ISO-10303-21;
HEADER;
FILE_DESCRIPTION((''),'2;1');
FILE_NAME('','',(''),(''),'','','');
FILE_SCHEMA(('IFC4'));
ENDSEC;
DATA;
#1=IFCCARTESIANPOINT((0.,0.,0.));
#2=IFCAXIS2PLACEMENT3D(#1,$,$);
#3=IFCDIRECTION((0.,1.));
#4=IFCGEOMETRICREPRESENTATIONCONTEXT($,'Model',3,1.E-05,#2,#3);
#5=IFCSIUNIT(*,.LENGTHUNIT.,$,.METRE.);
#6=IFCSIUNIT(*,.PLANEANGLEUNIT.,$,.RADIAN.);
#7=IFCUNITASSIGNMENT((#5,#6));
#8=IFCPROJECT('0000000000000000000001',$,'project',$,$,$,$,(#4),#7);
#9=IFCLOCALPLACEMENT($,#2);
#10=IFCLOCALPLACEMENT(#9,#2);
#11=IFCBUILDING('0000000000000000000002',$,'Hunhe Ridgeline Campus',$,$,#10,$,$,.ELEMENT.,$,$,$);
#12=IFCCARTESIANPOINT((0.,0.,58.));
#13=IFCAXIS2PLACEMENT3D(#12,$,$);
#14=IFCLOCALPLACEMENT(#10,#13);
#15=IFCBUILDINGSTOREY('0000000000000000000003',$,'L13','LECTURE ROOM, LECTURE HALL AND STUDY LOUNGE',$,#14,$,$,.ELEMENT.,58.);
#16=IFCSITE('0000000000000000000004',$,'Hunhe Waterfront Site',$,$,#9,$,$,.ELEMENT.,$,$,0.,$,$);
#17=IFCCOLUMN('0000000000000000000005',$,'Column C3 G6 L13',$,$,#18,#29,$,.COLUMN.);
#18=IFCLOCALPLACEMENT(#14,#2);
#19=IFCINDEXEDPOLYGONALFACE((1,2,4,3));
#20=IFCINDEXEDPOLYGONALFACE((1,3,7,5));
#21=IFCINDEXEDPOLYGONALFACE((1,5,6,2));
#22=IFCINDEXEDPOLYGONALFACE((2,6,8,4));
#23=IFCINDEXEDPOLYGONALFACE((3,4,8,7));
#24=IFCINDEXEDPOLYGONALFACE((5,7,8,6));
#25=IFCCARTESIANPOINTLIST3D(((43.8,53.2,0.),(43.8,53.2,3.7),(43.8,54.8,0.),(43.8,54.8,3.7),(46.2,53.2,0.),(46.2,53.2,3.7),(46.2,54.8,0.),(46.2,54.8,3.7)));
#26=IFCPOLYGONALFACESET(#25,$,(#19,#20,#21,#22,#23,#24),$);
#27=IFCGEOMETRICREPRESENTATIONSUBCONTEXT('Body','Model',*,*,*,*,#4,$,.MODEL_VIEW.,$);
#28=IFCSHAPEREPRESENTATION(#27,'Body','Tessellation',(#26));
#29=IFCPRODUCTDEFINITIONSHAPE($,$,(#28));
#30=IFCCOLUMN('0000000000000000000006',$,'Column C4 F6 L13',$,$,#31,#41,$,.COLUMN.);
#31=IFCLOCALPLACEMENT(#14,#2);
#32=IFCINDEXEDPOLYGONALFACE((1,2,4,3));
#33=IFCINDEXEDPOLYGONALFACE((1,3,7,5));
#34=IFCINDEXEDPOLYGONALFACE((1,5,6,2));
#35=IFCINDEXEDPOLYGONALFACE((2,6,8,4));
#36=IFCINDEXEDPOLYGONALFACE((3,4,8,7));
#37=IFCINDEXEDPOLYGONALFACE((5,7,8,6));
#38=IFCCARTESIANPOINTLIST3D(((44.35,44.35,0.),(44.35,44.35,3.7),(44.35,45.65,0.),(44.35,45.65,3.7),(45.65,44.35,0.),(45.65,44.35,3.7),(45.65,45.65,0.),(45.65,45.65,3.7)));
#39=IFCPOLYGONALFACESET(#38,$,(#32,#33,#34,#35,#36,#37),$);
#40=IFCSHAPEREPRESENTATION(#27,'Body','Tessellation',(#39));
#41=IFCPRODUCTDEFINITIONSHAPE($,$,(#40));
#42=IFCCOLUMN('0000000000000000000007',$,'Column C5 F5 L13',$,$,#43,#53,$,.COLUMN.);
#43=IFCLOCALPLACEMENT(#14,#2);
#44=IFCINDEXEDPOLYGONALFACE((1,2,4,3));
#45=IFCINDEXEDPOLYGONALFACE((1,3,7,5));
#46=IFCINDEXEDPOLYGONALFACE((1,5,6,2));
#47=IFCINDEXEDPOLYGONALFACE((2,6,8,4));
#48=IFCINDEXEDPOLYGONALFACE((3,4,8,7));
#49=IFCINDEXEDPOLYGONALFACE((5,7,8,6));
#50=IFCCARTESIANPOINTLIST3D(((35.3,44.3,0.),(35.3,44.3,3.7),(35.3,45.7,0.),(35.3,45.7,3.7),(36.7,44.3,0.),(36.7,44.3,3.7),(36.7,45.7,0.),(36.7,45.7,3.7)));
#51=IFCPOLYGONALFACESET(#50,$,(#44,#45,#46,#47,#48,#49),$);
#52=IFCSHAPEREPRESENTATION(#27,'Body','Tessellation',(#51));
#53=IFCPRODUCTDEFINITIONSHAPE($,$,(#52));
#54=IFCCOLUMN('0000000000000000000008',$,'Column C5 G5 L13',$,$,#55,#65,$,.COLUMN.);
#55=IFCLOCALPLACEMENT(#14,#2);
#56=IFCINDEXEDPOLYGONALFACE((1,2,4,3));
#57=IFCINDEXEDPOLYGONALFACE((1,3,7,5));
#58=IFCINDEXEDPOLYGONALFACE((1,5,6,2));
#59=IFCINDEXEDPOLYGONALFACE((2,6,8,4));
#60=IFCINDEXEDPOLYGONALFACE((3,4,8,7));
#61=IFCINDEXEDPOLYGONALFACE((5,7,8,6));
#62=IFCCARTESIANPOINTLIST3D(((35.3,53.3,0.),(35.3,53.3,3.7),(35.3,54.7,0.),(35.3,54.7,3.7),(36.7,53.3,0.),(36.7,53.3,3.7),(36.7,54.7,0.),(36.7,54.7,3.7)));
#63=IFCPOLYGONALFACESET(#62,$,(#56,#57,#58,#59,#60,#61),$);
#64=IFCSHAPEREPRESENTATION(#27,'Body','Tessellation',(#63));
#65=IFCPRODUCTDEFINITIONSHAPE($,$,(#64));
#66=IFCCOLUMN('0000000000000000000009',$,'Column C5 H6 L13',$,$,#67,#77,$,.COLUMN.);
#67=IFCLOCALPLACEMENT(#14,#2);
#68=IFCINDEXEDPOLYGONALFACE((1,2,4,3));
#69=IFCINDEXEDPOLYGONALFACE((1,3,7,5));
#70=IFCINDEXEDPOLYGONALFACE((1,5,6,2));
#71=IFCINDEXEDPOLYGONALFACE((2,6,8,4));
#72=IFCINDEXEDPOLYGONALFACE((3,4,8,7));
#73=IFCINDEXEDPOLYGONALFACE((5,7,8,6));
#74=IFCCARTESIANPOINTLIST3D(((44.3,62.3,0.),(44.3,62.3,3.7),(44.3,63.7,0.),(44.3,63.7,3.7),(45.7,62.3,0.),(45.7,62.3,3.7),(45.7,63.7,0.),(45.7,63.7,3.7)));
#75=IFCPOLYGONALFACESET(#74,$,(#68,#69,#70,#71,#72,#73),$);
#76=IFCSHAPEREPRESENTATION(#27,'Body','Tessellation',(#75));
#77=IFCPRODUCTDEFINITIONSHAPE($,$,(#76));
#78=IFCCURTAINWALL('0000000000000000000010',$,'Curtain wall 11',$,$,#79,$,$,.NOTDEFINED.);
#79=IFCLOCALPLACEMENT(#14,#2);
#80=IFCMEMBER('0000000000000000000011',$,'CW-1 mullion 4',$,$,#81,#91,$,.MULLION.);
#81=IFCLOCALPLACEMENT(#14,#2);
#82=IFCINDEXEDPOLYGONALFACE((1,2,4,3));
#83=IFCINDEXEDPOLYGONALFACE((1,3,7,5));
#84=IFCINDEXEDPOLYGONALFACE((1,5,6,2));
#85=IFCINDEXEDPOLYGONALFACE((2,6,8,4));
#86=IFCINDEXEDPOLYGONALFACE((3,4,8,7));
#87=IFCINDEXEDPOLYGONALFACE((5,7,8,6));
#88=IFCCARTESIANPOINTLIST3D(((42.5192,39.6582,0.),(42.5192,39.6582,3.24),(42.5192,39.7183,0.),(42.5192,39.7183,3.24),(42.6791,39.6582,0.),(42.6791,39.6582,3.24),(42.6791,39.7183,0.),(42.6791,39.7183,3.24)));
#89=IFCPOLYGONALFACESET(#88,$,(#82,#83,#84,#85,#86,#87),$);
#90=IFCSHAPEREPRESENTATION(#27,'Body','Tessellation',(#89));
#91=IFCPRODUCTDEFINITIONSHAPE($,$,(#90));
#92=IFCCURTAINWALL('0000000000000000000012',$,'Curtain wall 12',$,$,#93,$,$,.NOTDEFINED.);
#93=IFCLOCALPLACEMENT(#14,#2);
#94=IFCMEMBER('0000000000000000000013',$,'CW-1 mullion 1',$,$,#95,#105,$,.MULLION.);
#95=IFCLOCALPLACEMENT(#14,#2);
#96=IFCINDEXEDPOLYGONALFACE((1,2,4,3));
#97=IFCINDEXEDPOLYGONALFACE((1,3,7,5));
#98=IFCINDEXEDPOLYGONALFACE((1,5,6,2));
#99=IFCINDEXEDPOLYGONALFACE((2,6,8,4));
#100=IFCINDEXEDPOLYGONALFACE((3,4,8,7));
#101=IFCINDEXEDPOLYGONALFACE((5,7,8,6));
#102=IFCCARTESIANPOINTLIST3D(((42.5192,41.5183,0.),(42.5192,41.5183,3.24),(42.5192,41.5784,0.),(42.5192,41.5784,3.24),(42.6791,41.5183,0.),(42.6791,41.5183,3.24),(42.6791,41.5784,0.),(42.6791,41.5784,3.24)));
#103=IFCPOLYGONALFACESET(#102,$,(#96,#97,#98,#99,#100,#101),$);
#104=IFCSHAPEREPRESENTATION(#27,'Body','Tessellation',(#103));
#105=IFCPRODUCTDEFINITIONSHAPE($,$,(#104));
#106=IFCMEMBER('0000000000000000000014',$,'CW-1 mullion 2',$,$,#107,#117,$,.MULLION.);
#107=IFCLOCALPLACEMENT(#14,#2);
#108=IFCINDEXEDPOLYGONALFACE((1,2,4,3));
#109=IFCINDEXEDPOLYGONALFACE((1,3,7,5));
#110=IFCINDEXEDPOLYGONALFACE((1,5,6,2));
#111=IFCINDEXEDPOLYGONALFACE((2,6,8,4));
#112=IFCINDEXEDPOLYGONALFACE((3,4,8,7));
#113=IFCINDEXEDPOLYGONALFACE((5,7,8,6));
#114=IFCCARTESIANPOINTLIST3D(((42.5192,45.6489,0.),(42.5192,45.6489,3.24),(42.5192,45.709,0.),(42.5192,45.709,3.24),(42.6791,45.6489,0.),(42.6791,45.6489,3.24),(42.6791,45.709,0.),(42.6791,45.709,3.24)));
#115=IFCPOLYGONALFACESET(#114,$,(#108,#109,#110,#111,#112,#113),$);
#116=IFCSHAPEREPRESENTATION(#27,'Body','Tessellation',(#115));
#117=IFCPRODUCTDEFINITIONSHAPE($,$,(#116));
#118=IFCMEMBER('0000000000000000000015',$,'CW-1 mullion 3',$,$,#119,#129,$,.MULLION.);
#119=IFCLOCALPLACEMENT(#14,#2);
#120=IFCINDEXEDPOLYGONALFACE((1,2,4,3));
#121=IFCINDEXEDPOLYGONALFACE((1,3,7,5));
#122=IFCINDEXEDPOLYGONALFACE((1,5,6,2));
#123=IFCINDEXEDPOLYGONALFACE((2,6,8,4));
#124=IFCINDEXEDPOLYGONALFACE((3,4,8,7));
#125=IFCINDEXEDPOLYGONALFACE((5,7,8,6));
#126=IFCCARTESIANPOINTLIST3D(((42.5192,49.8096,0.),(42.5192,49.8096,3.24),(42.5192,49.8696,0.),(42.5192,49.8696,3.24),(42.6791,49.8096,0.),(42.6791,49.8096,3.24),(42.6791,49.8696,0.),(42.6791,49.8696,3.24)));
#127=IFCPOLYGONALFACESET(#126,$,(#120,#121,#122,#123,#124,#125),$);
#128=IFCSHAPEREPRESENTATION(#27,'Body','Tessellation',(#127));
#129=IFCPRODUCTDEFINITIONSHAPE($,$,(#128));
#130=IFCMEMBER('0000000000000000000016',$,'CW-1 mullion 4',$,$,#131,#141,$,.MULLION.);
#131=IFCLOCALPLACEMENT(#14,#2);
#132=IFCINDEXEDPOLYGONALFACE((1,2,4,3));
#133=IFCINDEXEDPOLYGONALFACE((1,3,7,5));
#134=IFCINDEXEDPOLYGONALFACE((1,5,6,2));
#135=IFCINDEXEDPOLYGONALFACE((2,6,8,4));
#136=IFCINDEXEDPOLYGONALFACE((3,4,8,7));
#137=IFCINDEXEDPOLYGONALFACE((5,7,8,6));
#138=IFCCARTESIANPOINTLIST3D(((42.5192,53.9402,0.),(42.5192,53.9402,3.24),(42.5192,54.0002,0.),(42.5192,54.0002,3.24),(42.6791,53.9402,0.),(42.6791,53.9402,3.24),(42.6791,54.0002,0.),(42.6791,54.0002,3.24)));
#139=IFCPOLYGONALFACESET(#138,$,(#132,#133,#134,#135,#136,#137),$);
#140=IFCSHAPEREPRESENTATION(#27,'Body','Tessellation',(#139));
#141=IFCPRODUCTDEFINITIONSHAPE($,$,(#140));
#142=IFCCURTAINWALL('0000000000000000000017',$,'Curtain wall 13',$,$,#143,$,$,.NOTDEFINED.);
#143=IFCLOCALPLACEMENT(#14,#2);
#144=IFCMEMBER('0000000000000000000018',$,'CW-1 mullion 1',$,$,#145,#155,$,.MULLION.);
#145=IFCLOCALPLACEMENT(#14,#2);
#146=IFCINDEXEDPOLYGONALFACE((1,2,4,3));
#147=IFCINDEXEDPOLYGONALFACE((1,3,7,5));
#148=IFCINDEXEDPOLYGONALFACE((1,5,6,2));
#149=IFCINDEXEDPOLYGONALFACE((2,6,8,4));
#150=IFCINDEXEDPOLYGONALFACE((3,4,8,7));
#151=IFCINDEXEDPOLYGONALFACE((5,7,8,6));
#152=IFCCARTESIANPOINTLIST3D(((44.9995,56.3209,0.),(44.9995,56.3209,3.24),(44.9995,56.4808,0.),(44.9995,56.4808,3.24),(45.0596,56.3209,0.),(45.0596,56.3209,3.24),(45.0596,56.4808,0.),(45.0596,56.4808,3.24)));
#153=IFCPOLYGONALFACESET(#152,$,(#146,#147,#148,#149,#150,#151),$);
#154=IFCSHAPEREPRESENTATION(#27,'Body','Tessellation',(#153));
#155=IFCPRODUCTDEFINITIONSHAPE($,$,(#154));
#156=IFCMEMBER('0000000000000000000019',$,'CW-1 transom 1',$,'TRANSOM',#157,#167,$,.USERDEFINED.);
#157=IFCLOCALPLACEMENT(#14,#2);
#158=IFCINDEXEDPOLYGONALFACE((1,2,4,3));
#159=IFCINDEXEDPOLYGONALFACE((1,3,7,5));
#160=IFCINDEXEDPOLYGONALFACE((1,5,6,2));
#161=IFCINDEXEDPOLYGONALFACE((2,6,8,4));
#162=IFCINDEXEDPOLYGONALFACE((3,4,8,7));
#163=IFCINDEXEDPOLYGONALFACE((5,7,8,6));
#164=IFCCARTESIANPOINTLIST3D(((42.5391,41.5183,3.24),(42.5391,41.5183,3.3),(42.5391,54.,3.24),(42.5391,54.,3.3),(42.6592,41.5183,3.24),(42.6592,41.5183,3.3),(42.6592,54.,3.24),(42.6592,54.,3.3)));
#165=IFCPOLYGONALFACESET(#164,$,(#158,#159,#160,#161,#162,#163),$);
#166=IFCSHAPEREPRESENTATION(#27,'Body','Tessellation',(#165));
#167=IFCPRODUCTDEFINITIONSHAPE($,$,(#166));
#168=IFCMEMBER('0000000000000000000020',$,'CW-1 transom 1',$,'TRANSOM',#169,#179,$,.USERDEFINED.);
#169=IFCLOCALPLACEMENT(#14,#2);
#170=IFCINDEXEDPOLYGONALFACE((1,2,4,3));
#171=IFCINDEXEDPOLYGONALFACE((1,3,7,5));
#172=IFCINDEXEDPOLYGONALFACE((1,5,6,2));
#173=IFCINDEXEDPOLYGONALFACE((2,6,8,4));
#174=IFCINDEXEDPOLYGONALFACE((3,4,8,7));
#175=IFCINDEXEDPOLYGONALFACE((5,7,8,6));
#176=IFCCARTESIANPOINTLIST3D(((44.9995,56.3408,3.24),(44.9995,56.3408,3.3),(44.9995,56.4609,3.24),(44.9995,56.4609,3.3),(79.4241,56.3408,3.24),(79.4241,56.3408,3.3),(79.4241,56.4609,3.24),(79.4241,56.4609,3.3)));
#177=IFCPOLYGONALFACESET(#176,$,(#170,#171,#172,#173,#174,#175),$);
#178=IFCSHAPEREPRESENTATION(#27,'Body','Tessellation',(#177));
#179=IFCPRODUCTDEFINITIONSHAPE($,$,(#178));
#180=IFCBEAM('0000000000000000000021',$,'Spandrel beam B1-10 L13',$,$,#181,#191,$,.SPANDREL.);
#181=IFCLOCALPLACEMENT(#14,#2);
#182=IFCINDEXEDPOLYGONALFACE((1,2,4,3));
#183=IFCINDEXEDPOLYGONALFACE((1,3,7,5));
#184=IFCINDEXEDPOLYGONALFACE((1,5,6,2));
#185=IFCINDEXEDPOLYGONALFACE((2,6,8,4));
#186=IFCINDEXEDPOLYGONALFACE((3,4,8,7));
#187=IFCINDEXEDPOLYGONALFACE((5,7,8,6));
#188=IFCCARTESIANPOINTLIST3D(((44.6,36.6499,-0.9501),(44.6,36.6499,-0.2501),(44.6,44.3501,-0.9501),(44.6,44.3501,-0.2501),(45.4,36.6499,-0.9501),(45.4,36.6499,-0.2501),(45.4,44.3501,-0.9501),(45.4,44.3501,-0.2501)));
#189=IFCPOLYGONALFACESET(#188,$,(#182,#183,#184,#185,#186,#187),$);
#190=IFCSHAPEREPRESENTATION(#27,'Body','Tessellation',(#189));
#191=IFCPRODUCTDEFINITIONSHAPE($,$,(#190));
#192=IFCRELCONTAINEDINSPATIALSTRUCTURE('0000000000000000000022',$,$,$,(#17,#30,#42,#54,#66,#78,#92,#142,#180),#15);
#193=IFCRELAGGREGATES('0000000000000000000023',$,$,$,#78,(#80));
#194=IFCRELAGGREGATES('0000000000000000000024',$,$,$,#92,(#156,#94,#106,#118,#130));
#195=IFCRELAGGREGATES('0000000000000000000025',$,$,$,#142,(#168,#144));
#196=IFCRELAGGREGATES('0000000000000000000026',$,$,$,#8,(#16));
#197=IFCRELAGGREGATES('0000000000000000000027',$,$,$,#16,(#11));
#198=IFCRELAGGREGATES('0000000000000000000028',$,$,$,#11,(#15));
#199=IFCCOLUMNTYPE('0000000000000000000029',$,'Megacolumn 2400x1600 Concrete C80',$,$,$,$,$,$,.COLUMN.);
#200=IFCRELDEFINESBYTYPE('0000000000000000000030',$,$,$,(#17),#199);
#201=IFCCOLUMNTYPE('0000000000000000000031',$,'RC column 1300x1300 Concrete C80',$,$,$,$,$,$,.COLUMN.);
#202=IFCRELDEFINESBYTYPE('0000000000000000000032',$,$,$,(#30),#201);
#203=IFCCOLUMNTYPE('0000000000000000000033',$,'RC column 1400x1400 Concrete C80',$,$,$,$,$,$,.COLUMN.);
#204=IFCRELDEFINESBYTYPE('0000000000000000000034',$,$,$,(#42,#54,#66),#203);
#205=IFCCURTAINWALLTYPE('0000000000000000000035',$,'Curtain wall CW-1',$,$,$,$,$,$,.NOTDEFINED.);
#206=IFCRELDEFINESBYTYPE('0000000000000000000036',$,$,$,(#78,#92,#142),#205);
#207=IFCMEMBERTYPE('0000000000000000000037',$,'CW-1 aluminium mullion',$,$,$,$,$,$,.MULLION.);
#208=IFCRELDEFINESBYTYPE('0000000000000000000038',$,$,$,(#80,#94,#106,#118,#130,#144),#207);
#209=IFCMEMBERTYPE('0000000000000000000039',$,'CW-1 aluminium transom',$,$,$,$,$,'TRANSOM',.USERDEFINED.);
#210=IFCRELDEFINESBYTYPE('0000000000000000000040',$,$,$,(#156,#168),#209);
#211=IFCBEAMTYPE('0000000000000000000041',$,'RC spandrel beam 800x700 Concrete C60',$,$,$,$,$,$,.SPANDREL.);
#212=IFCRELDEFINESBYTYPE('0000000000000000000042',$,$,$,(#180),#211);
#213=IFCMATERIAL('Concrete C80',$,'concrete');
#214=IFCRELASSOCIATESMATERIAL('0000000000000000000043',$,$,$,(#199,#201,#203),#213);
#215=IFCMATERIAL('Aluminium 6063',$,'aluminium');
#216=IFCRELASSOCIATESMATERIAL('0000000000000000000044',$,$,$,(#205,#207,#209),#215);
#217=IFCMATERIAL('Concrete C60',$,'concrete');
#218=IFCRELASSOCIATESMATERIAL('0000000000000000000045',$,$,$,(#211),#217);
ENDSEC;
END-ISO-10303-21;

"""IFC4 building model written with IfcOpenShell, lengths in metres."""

from ifc_helpers import new_model, si_unit, direction, frame, origin, origin_2d, place, context, subcontext, project, spatial, rectangle, extrude, material, material_profile, profile_set, type_object, element, aggregate, save


model = new_model("IFC4")

# Units and contexts
model_context = context("Model", 3, precision=1e-05, world=origin(), true_north=direction((0.0, 1.0)))
body_context = subcontext(model_context, "Body", "Model", "MODEL_VIEW")
ifc_project = project(units=[si_unit("LENGTHUNIT", "METRE"), si_unit("PLANEANGLEUNIT", "RADIAN")], contexts=[model_context])

# Site, building, storey
site_placement = place(None, origin())
site = spatial("IfcSite", under=ifc_project, at=site_placement, Name="Hunhe Waterfront Site", CompositionType="ELEMENT", RefElevation=0.0)
building_placement = place(site_placement, origin())
building = spatial("IfcBuilding", under=site, at=building_placement, Name="Hunhe Ridgeline Campus", CompositionType="ELEMENT")
storey_placement = place(building_placement, frame((0.0, 0.0, 58.0)))
storey = spatial("IfcBuildingStorey", under=building, at=storey_placement, Name="L13", Description="LECTURE ROOM, LECTURE HALL AND STUDY LOUNGE", CompositionType="ELEMENT", Elevation=58.0)

# Columns
ifc_material_1 = material(Name="Concrete C80", Category="concrete")
ifc_material_profile_1 = material_profile(ifc_material_1, rectangle(XDim=2.3999, YDim=1.6001, at=origin_2d()))
ifc_profile_set_1 = profile_set([ifc_material_profile_1], Name="Concrete C80")
column_type_1 = type_object("IfcColumnType", Name="Megacolumn 2400x1600 Concrete C80", PredefinedType="COLUMN", material=ifc_profile_set_1)
column_1_placement = place(storey_placement, frame((45.0, 54.0, 0.0), z_axis=(0.0, 0.0, 1.0), x_axis=(1.0, 0.0, 0.0)))
element("IfcColumn", 1, at=column_1_placement, inside=storey, type_object=column_type_1, Name="Column C3 G6 L13", PredefinedType="COLUMN", context=body_context, shape_type="SweptSolid", body=[
    extrude(rectangle(XDim=2.3999, YDim=1.6001, at=origin_2d()), origin(), (0.0, 0.0, 1.0), 3.7),
])
ifc_material_profile_2 = material_profile(ifc_material_1, rectangle(XDim=1.3, YDim=1.3, at=origin_2d()))
ifc_profile_set_2 = profile_set([ifc_material_profile_2], Name="Concrete C80")
column_type_2 = type_object("IfcColumnType", Name="RC column 1300x1300 Concrete C80", PredefinedType="COLUMN", material=ifc_profile_set_2)
column_2_placement = place(storey_placement, frame((45.0, 45.0, 0.0), z_axis=(0.0, 0.0, 1.0), x_axis=(1.0, 0.0, 0.0)))
element("IfcColumn", 2, at=column_2_placement, inside=storey, type_object=column_type_2, Name="Column C4 F6 L13", PredefinedType="COLUMN", context=body_context, shape_type="SweptSolid", body=[
    extrude(rectangle(XDim=1.3, YDim=1.3, at=origin_2d()), origin(), (0.0, 0.0, 1.0), 3.7),
])
ifc_material_profile_3 = material_profile(ifc_material_1, rectangle(XDim=1.3999, YDim=1.3999, at=origin_2d()))
ifc_profile_set_3 = profile_set([ifc_material_profile_3], Name="Concrete C80")
column_type_3 = type_object("IfcColumnType", Name="RC column 1400x1400 Concrete C80", PredefinedType="COLUMN", material=ifc_profile_set_3)
for number, where, z_axis, x_axis, name in (
    (3, (36.0, 45.0, 0.0), (0.0, 0.0, 1.0), (1.0, 0.0, 0.0), "Column C5 F5 L13"),
    (4, (36.0, 54.0, 0.0), (0.0, 0.0, 1.0), (1.0, 0.0, 0.0), "Column C5 G5 L13"),
    (5, (45.0, 63.0, 0.0), (0.0, 0.0, 1.0), (1.0, 0.0, 0.0), "Column C5 H6 L13"),
):
    element("IfcColumn", number, at=place(storey_placement, frame(where, z_axis=z_axis, x_axis=x_axis)), inside=storey, type_object=column_type_3, Name=name, PredefinedType="COLUMN", context=body_context, shape_type="SweptSolid", body=[
        extrude(rectangle(XDim=1.3999, YDim=1.3999, at=origin_2d()), origin(), (0.0, 0.0, 1.0), 3.7),
    ])

# Curtain wall, member
ifc_material_2 = material(Name="Aluminium 6063", Category="aluminium")
curtain_wall_type = type_object("IfcCurtainWallType", Name="Curtain wall CW-1", PredefinedType="NOTDEFINED", material=ifc_material_2)
curtain_wall_1_placement = place(storey_placement, origin())
curtain_wall_1 = element("IfcCurtainWall", 6, at=curtain_wall_1_placement, inside=storey, type_object=curtain_wall_type, Name="Curtain wall 11", PredefinedType="NOTDEFINED")
ifc_material_profile_4 = material_profile(ifc_material_2, rectangle(XDim=0.1599, YDim=0.0601, at=origin_2d()))
ifc_profile_set_4 = profile_set([ifc_material_profile_4], Name="Aluminium 6063")
member_type_1 = type_object("IfcMemberType", Name="CW-1 aluminium mullion", PredefinedType="MULLION", material=ifc_profile_set_4)
member_1_placement = place(storey_placement, frame((42.5991, 39.6882, 0.0), z_axis=(0.0, 0.0, 1.0), x_axis=(-1.0, 0.0, 0.0)))
member_1 = element("IfcMember", 7, at=member_1_placement, type_object=member_type_1, Name="CW-1 mullion 4", PredefinedType="MULLION", context=body_context, shape_type="SweptSolid", body=[
    extrude(rectangle(XDim=0.1599, YDim=0.0601, at=origin_2d()), origin(), (0.0, 0.0, 1.0), 3.24),
])

# Curtain wall, members
curtain_wall_2_placement = place(storey_placement, origin())
curtain_wall_2 = element("IfcCurtainWall", 8, at=curtain_wall_2_placement, inside=storey, type_object=curtain_wall_type, Name="Curtain wall 12", PredefinedType="NOTDEFINED")
member_2_placement = place(storey_placement, frame((42.5991, 41.5483, 0.0), z_axis=(0.0, 0.0, 1.0), x_axis=(-1.0, 0.0, 0.0)))
member_2 = element("IfcMember", 9, at=member_2_placement, type_object=member_type_1, Name="CW-1 mullion 1", PredefinedType="MULLION", context=body_context, shape_type="SweptSolid", body=[
    extrude(rectangle(XDim=0.1599, YDim=0.0601, at=origin_2d()), origin(), (0.0, 0.0, 1.0), 3.24),
])
member_3_placement = place(storey_placement, frame((42.5991, 45.679, 0.0), z_axis=(0.0, 0.0, 1.0), x_axis=(-1.0, 0.0, 0.0)))
member_3 = element("IfcMember", 10, at=member_3_placement, type_object=member_type_1, Name="CW-1 mullion 2", PredefinedType="MULLION", context=body_context, shape_type="SweptSolid", body=[
    extrude(rectangle(XDim=0.1599, YDim=0.0601, at=origin_2d()), origin(), (0.0, 0.0, 1.0), 3.24),
])
member_4_placement = place(storey_placement, frame((42.5991, 49.8396, 0.0), z_axis=(0.0, 0.0, 1.0), x_axis=(-1.0, 0.0, 0.0)))
member_4 = element("IfcMember", 11, at=member_4_placement, type_object=member_type_1, Name="CW-1 mullion 3", PredefinedType="MULLION", context=body_context, shape_type="SweptSolid", body=[
    extrude(rectangle(XDim=0.1599, YDim=0.0601, at=origin_2d()), origin(), (0.0, 0.0, 1.0), 3.24),
])
member_5_placement = place(storey_placement, frame((42.5991, 53.9702, 0.0), z_axis=(0.0, 0.0, 1.0), x_axis=(-1.0, 0.0, 0.0)))
member_5 = element("IfcMember", 12, at=member_5_placement, type_object=member_type_1, Name="CW-1 mullion 4", PredefinedType="MULLION", context=body_context, shape_type="SweptSolid", body=[
    extrude(rectangle(XDim=0.1599, YDim=0.0601, at=origin_2d()), origin(), (0.0, 0.0, 1.0), 3.24),
])

# Curtain wall, member
curtain_wall_3_placement = place(storey_placement, origin())
curtain_wall_3 = element("IfcCurtainWall", 13, at=curtain_wall_3_placement, inside=storey, type_object=curtain_wall_type, Name="Curtain wall 13", PredefinedType="NOTDEFINED")
member_6_placement = place(storey_placement, frame((45.0295, 56.4009, 0.0), z_axis=(0.0, 0.0, 1.0), x_axis=(-0.000004, 1.0, 0.0)))
member_6 = element("IfcMember", 14, at=member_6_placement, type_object=member_type_1, Name="CW-1 mullion 1", PredefinedType="MULLION", context=body_context, shape_type="SweptSolid", body=[
    extrude(rectangle(XDim=0.1599, YDim=0.0601, at=origin_2d()), origin(), (0.0, 0.0, 1.0), 3.24),
])

# Members
ifc_material_profile_5 = material_profile(ifc_material_2, rectangle(XDim=0.1201, YDim=0.0601, at=origin_2d()))
ifc_profile_set_5 = profile_set([ifc_material_profile_5], Name="Aluminium 6063")
member_type_2 = type_object("IfcMemberType", Name="CW-1 aluminium transom", ElementType="TRANSOM", PredefinedType="USERDEFINED", material=ifc_profile_set_5)
member_7_placement = place(storey_placement, frame((42.5991, 41.5183, 3.27), z_axis=(0.0, 1.0, 0.0), x_axis=(-1.0, 0.0, 0.0)))
member_7 = element("IfcMember", 15, at=member_7_placement, type_object=member_type_2, Name="CW-1 transom 1", ObjectType="TRANSOM", PredefinedType="USERDEFINED", context=body_context, shape_type="SweptSolid", body=[
    extrude(rectangle(XDim=0.1201, YDim=0.0601, at=origin_2d()), origin(), (0.0, 0.0, 1.0), 12.4817),
])
member_8_placement = place(storey_placement, frame((44.9995, 56.4009, 3.27), z_axis=(1.0, 0.0, 0.0), x_axis=(0.0, 1.0, 0.0)))
member_8 = element("IfcMember", 16, at=member_8_placement, type_object=member_type_2, Name="CW-1 transom 1", ObjectType="TRANSOM", PredefinedType="USERDEFINED", context=body_context, shape_type="SweptSolid", body=[
    extrude(rectangle(XDim=0.1201, YDim=0.0601, at=origin_2d()), origin(), (0.0, 0.0, 1.0), 34.4246),
])

# Beam
ifc_material_3 = material(Name="Concrete C60", Category="concrete")
ifc_material_profile_6 = material_profile(ifc_material_3, rectangle(XDim=0.8, YDim=0.7, at=origin_2d()))
ifc_profile_set_6 = profile_set([ifc_material_profile_6], Name="Concrete C60")
beam_type = type_object("IfcBeamType", Name="RC spandrel beam 800x700 Concrete C60", PredefinedType="SPANDREL", material=ifc_profile_set_6)
beam_1_placement = place(storey_placement, frame((45.0, 36.6499, -0.6001), z_axis=(0.0, 1.0, 0.0), x_axis=(-1.0, 0.0, 0.0)))
element("IfcBeam", 17, at=beam_1_placement, inside=storey, type_object=beam_type, Name="Spandrel beam B1-10 L13", PredefinedType="SPANDREL", context=body_context, shape_type="SweptSolid", body=[
    extrude(rectangle(XDim=0.8, YDim=0.7, at=origin_2d()), origin(), (0.0, 0.0, 1.0), 7.7002),
])

aggregate(curtain_wall_1, [member_1])
aggregate(curtain_wall_2, [member_7, member_2, member_3, member_4, member_5])
aggregate(curtain_wall_3, [member_8, member_6])

save(model, "model.ifc")
